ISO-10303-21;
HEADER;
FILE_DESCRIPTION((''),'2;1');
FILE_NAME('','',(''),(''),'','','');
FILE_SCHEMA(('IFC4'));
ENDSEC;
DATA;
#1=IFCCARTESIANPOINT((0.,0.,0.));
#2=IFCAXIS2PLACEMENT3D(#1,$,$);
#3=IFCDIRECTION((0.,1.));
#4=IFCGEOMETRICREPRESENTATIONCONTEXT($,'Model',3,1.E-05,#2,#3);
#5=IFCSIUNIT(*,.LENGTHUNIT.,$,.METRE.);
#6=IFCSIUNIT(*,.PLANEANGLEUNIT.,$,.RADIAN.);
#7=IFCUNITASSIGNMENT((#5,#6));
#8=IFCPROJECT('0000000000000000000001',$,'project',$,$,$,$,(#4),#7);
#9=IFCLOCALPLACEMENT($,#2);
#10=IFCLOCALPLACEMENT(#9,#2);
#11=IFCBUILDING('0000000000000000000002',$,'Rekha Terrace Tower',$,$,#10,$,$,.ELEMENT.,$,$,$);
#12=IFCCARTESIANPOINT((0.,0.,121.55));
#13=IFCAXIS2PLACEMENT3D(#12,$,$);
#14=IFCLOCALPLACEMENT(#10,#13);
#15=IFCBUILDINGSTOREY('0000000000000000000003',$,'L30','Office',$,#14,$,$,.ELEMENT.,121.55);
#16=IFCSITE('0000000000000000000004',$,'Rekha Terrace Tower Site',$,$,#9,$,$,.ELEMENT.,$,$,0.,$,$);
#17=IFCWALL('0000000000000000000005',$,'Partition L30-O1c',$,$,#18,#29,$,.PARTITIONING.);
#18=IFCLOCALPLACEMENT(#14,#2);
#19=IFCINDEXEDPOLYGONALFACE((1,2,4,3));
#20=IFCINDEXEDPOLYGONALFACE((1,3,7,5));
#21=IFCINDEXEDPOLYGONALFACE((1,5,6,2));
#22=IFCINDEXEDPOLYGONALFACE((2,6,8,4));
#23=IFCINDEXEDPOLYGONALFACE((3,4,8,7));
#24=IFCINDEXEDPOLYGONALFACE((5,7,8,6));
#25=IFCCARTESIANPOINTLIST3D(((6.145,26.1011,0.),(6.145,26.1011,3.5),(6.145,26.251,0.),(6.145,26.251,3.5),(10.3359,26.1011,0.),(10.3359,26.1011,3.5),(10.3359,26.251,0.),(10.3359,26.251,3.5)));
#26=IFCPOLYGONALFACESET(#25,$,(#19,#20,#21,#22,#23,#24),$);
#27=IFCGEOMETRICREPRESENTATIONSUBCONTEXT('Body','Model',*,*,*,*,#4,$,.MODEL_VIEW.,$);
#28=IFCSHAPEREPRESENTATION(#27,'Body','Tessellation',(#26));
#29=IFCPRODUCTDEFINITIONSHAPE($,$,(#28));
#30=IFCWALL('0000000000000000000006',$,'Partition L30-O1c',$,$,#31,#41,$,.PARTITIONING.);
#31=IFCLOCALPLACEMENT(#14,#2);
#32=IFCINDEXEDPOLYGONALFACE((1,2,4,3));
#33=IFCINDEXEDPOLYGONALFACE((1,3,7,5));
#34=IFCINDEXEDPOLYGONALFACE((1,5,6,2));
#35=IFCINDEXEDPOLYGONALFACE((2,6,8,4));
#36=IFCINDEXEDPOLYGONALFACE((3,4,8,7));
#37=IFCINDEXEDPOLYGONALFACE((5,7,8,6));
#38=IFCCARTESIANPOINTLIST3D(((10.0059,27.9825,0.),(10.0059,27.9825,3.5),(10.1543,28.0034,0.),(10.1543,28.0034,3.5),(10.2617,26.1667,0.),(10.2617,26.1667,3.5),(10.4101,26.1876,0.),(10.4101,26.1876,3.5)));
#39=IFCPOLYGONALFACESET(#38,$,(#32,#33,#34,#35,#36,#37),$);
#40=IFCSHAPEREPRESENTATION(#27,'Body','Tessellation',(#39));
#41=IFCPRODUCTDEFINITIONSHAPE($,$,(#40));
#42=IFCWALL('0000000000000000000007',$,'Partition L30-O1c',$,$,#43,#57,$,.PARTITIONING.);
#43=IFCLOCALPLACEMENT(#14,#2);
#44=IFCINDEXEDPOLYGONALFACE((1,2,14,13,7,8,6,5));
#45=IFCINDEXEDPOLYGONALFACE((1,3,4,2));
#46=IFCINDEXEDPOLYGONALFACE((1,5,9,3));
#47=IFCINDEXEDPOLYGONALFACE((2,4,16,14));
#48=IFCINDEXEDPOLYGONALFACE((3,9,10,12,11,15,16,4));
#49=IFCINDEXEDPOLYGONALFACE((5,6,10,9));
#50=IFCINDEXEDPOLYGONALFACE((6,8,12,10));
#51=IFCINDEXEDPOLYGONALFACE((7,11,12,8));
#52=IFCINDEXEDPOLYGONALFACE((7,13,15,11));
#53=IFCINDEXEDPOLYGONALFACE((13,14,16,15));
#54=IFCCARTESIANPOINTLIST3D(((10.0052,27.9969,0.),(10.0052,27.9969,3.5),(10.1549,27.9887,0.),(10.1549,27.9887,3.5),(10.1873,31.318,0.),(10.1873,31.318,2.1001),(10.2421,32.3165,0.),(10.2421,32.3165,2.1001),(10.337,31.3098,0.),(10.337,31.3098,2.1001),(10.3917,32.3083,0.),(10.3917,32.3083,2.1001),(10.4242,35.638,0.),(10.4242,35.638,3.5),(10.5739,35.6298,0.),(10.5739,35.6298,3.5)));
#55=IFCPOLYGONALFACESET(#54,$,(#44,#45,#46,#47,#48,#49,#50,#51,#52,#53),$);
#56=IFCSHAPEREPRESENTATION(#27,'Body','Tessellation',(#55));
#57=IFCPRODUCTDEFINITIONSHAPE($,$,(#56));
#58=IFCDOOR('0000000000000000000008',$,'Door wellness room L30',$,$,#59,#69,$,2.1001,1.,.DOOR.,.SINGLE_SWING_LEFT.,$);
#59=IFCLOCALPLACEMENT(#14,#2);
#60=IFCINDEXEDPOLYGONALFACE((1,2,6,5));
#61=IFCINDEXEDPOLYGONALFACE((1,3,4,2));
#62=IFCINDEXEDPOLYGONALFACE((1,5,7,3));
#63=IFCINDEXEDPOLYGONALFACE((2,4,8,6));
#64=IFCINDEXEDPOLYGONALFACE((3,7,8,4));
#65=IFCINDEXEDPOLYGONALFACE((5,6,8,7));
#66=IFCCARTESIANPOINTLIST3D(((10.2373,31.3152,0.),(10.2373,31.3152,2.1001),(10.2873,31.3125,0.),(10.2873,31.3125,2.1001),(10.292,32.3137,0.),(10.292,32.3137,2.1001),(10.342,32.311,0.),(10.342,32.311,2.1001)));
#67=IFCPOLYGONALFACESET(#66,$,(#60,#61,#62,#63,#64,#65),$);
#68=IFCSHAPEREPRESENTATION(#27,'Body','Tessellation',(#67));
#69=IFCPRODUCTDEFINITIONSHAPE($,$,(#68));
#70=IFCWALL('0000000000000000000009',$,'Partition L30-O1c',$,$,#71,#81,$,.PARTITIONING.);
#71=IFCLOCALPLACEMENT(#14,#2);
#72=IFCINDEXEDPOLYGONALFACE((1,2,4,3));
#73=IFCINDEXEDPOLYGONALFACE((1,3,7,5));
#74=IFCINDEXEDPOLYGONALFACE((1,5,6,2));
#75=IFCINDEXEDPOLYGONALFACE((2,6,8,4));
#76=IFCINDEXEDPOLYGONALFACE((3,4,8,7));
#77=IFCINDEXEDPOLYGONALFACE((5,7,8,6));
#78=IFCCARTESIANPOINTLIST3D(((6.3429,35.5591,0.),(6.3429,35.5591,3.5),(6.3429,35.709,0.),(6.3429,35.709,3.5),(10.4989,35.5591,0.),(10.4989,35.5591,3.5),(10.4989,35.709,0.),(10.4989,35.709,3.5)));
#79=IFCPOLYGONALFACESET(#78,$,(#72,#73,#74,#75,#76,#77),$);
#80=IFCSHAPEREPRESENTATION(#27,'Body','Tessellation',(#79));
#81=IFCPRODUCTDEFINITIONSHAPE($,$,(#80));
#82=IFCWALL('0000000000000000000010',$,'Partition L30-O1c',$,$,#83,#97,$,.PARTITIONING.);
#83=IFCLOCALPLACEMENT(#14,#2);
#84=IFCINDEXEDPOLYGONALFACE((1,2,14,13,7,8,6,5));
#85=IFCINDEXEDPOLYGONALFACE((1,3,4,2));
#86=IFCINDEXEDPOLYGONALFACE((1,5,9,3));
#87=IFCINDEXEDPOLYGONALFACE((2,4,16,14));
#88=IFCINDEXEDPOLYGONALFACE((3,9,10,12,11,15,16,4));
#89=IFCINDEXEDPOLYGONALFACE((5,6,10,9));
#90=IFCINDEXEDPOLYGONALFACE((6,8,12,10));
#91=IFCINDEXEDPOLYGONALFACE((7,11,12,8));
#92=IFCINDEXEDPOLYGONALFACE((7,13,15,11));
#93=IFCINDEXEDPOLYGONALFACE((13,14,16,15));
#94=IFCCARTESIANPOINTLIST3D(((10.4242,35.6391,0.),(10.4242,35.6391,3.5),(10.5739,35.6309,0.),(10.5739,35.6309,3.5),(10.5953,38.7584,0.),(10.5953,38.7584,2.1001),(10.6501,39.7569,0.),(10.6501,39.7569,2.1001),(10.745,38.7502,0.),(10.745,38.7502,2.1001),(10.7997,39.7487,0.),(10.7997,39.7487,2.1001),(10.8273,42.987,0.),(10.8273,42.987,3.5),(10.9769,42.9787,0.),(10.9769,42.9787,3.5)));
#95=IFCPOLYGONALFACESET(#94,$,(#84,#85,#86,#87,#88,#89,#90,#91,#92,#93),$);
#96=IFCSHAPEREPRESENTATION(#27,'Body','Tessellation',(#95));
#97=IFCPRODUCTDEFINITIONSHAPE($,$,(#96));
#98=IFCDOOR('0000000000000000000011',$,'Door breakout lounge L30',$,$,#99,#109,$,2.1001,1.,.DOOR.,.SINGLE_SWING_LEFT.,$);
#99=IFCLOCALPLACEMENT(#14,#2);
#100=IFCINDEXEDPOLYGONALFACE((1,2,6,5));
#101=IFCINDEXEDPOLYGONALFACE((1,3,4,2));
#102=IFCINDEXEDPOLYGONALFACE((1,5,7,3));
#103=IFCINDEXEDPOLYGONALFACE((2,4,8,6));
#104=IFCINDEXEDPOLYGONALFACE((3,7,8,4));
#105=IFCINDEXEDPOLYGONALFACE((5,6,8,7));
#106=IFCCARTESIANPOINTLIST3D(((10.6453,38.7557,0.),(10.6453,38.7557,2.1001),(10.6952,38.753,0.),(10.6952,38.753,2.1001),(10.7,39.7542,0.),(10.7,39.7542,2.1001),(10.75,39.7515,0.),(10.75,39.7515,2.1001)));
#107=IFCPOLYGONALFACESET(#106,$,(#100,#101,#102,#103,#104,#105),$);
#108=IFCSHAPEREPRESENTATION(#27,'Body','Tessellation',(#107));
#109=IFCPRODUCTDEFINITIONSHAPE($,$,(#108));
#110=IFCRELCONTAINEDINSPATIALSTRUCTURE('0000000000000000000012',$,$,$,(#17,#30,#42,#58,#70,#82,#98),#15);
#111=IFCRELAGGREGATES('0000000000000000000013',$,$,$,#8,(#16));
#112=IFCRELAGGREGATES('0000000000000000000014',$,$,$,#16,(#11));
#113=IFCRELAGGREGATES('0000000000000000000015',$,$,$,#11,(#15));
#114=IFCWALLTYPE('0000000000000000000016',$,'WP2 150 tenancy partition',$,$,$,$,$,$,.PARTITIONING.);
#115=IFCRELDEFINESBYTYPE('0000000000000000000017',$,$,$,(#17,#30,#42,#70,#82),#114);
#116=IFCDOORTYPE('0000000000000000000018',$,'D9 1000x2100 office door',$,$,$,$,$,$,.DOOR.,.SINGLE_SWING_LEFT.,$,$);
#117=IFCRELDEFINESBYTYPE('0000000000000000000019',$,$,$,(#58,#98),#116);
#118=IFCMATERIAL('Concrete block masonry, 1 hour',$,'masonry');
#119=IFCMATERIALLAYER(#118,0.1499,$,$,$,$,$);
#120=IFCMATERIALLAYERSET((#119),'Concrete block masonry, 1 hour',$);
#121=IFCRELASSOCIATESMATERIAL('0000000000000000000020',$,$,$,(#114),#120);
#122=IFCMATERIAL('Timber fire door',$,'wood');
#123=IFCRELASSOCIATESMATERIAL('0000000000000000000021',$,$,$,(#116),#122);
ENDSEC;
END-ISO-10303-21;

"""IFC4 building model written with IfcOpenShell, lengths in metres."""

from ifc_helpers import new_model, si_unit, direction, frame, frame_2d, origin, place, context, subcontext, project, spatial, rectangle, extrude, material, layer, layer_set, type_object, element, fill, save


model = new_model("IFC4")

# Units and contexts
model_context = context("Model", 3, precision=1e-05, world=origin(), true_north=direction((0.0, 1.0)))
body_context = subcontext(model_context, "Body", "Model", "MODEL_VIEW")
ifc_project = project(units=[si_unit("LENGTHUNIT", "METRE"), si_unit("PLANEANGLEUNIT", "RADIAN")], contexts=[model_context])

# Site, building, storey
site_placement = place(None, origin())
site = spatial("IfcSite", under=ifc_project, at=site_placement, Name="Rekha Terrace Tower Site", CompositionType="ELEMENT", RefElevation=0.0)
building_placement = place(site_placement, origin())
building = spatial("IfcBuilding", under=site, at=building_placement, Name="Rekha Terrace Tower", CompositionType="ELEMENT")
storey_placement = place(building_placement, frame((0.0, 0.0, 121.55)))
storey = spatial("IfcBuildingStorey", under=building, at=storey_placement, Name="L30", Description="Office", CompositionType="ELEMENT", Elevation=121.55)

# Walls
ifc_material_1 = material(Name="Concrete block masonry, 1 hour", Category="masonry")
ifc_layer_1 = layer(ifc_material_1, 0.1499)
ifc_layer_set_1 = layer_set([ifc_layer_1], Name="Concrete block masonry, 1 hour")
wall_type = type_object("IfcWallType", Name="WP2 150 tenancy partition", PredefinedType="PARTITIONING", material=ifc_layer_set_1)
wall_1_placement = place(storey_placement, frame((10.3359, 26.176, 0.0), z_axis=(0.0, 0.0, 1.0), x_axis=(-1.0, 0.0, 0.0)))
element("IfcWall", 1, at=wall_1_placement, inside=storey, type_object=wall_type, Name="Partition L30-O1c", PredefinedType="PARTITIONING", context=body_context, shape_type="SweptSolid", body=[
    extrude(rectangle(XDim=4.1909, YDim=0.1499, at=frame_2d((2.0955, 0.0))), origin(), (0.0, 0.0, 1.0), 3.5),
])
wall_2_placement = place(storey_placement, frame((10.3359, 26.177, 0.0), z_axis=(0.0, 0.0, 1.0), x_axis=(-0.13952, 0.990219, 0.0)))
element("IfcWall", 2, at=wall_2_placement, inside=storey, type_object=wall_type, Name="Partition L30-O1c", PredefinedType="PARTITIONING", context=body_context, shape_type="SweptSolid", body=[
    extrude(rectangle(XDim=1.8337, YDim=0.1499, at=frame_2d((0.917, 0.0))), origin(), (0.0, 0.0, 1.0), 3.5),
])

# Wall, opening, door
wall_3_placement = place(storey_placement, frame((10.0801, 27.9929, 0.0), z_axis=(0.0, 0.0, 1.0), x_axis=(0.054746, 0.9985, 0.0)))
wall_3 = element("IfcWall", 3, at=wall_3_placement, inside=storey, type_object=wall_type, Name="Partition L30-O1c", PredefinedType="PARTITIONING", context=body_context, shape_type="SweptSolid", body=[
    extrude(rectangle(XDim=7.6526, YDim=0.1499, at=frame_2d((3.8262, 0.0))), origin(), (0.0, 0.0, 1.0), 3.5),
])
opening_1_placement = place(wall_3_placement, frame((3.3259, 0.0, 0.0)))
opening_1 = element("IfcOpeningElement", 4, at=opening_1_placement, cuts=wall_3, PredefinedType="OPENING", context=body_context, shape_type="SweptSolid", body=[
    extrude(rectangle(XDim=1.0, YDim=2.1001, at=frame_2d((0.5, 1.05))), frame((0.0, 0.085, 0.0), z_axis=(0.0, -1.0, 0.0), x_axis=(1.0, 0.0, 0.0)), (0.0, 0.0, 1.0), 0.1699),
])
ifc_material_2 = material(Name="Timber fire door", Category="wood")
door_type = type_object("IfcDoorType", Name="D9 1000x2100 office door", OperationType="SINGLE_SWING_LEFT", PredefinedType="DOOR", material=ifc_material_2)
door_1_placement = place(opening_1_placement, origin())
door_1 = element("IfcDoor", 5, at=door_1_placement, inside=storey, type_object=door_type, Name="Door wellness room L30", OperationType="SINGLE_SWING_LEFT", OverallHeight=2.1001, OverallWidth=1.0, PredefinedType="DOOR", context=body_context, shape_type="SweptSolid", body=[
    extrude(rectangle(XDim=1.0, YDim=2.1001, at=frame_2d((0.5, 1.05))), frame((0.0, 0.0249, 0.0), z_axis=(0.0, -1.0, 0.0), x_axis=(1.0, 0.0, 0.0)), (0.0, 0.0, 1.0), 0.05),
])
fill(opening_1, door_1)

# Wall
wall_4_placement = place(storey_placement, frame((10.499, 35.634, 0.0), z_axis=(0.0, 0.0, 1.0), x_axis=(-1.0, 0.0, 0.0)))
element("IfcWall", 6, at=wall_4_placement, inside=storey, type_object=wall_type, Name="Partition L30-O1c", PredefinedType="PARTITIONING", context=body_context, shape_type="SweptSolid", body=[
    extrude(rectangle(XDim=4.156, YDim=0.1499, at=frame_2d((2.0781, 0.0))), origin(), (0.0, 0.0, 1.0), 3.5),
])

# Wall, opening, door
wall_5_placement = place(storey_placement, frame((10.499, 35.635, 0.0), z_axis=(0.0, 0.0, 1.0), x_axis=(0.054774, 0.998499, 0.0)))
wall_5 = element("IfcWall", 7, at=wall_5_placement, inside=storey, type_object=wall_type, Name="Partition L30-O1c", PredefinedType="PARTITIONING", context=body_context, shape_type="SweptSolid", body=[
    extrude(rectangle(XDim=7.3589, YDim=0.1499, at=frame_2d((3.6794, 0.0))), origin(), (0.0, 0.0, 1.0), 3.5),
])
opening_2_placement = place(wall_5_placement, frame((3.124, 0.0, 0.0)))
opening_2 = element("IfcOpeningElement", 8, at=opening_2_placement, cuts=wall_5, PredefinedType="OPENING", context=body_context, shape_type="SweptSolid", body=[
    extrude(rectangle(XDim=1.0, YDim=2.1001, at=frame_2d((0.5, 1.05))), frame((0.0, 0.085, 0.0), z_axis=(0.0, -1.0, 0.0), x_axis=(1.0, 0.0, 0.0)), (0.0, 0.0, 1.0), 0.1699),
])
door_2_placement = place(opening_2_placement, origin())
door_2 = element("IfcDoor", 9, at=door_2_placement, inside=storey, type_object=door_type, Name="Door breakout lounge L30", OperationType="SINGLE_SWING_LEFT", OverallHeight=2.1001, OverallWidth=1.0, PredefinedType="DOOR", context=body_context, shape_type="SweptSolid", body=[
    extrude(rectangle(XDim=1.0, YDim=2.1001, at=frame_2d((0.5, 1.05))), frame((0.0, 0.0249, 0.0), z_axis=(0.0, -1.0, 0.0), x_axis=(1.0, 0.0, 0.0)), (0.0, 0.0, 1.0), 0.05),
])
fill(opening_2, door_2)

save(model, "model.ifc")
